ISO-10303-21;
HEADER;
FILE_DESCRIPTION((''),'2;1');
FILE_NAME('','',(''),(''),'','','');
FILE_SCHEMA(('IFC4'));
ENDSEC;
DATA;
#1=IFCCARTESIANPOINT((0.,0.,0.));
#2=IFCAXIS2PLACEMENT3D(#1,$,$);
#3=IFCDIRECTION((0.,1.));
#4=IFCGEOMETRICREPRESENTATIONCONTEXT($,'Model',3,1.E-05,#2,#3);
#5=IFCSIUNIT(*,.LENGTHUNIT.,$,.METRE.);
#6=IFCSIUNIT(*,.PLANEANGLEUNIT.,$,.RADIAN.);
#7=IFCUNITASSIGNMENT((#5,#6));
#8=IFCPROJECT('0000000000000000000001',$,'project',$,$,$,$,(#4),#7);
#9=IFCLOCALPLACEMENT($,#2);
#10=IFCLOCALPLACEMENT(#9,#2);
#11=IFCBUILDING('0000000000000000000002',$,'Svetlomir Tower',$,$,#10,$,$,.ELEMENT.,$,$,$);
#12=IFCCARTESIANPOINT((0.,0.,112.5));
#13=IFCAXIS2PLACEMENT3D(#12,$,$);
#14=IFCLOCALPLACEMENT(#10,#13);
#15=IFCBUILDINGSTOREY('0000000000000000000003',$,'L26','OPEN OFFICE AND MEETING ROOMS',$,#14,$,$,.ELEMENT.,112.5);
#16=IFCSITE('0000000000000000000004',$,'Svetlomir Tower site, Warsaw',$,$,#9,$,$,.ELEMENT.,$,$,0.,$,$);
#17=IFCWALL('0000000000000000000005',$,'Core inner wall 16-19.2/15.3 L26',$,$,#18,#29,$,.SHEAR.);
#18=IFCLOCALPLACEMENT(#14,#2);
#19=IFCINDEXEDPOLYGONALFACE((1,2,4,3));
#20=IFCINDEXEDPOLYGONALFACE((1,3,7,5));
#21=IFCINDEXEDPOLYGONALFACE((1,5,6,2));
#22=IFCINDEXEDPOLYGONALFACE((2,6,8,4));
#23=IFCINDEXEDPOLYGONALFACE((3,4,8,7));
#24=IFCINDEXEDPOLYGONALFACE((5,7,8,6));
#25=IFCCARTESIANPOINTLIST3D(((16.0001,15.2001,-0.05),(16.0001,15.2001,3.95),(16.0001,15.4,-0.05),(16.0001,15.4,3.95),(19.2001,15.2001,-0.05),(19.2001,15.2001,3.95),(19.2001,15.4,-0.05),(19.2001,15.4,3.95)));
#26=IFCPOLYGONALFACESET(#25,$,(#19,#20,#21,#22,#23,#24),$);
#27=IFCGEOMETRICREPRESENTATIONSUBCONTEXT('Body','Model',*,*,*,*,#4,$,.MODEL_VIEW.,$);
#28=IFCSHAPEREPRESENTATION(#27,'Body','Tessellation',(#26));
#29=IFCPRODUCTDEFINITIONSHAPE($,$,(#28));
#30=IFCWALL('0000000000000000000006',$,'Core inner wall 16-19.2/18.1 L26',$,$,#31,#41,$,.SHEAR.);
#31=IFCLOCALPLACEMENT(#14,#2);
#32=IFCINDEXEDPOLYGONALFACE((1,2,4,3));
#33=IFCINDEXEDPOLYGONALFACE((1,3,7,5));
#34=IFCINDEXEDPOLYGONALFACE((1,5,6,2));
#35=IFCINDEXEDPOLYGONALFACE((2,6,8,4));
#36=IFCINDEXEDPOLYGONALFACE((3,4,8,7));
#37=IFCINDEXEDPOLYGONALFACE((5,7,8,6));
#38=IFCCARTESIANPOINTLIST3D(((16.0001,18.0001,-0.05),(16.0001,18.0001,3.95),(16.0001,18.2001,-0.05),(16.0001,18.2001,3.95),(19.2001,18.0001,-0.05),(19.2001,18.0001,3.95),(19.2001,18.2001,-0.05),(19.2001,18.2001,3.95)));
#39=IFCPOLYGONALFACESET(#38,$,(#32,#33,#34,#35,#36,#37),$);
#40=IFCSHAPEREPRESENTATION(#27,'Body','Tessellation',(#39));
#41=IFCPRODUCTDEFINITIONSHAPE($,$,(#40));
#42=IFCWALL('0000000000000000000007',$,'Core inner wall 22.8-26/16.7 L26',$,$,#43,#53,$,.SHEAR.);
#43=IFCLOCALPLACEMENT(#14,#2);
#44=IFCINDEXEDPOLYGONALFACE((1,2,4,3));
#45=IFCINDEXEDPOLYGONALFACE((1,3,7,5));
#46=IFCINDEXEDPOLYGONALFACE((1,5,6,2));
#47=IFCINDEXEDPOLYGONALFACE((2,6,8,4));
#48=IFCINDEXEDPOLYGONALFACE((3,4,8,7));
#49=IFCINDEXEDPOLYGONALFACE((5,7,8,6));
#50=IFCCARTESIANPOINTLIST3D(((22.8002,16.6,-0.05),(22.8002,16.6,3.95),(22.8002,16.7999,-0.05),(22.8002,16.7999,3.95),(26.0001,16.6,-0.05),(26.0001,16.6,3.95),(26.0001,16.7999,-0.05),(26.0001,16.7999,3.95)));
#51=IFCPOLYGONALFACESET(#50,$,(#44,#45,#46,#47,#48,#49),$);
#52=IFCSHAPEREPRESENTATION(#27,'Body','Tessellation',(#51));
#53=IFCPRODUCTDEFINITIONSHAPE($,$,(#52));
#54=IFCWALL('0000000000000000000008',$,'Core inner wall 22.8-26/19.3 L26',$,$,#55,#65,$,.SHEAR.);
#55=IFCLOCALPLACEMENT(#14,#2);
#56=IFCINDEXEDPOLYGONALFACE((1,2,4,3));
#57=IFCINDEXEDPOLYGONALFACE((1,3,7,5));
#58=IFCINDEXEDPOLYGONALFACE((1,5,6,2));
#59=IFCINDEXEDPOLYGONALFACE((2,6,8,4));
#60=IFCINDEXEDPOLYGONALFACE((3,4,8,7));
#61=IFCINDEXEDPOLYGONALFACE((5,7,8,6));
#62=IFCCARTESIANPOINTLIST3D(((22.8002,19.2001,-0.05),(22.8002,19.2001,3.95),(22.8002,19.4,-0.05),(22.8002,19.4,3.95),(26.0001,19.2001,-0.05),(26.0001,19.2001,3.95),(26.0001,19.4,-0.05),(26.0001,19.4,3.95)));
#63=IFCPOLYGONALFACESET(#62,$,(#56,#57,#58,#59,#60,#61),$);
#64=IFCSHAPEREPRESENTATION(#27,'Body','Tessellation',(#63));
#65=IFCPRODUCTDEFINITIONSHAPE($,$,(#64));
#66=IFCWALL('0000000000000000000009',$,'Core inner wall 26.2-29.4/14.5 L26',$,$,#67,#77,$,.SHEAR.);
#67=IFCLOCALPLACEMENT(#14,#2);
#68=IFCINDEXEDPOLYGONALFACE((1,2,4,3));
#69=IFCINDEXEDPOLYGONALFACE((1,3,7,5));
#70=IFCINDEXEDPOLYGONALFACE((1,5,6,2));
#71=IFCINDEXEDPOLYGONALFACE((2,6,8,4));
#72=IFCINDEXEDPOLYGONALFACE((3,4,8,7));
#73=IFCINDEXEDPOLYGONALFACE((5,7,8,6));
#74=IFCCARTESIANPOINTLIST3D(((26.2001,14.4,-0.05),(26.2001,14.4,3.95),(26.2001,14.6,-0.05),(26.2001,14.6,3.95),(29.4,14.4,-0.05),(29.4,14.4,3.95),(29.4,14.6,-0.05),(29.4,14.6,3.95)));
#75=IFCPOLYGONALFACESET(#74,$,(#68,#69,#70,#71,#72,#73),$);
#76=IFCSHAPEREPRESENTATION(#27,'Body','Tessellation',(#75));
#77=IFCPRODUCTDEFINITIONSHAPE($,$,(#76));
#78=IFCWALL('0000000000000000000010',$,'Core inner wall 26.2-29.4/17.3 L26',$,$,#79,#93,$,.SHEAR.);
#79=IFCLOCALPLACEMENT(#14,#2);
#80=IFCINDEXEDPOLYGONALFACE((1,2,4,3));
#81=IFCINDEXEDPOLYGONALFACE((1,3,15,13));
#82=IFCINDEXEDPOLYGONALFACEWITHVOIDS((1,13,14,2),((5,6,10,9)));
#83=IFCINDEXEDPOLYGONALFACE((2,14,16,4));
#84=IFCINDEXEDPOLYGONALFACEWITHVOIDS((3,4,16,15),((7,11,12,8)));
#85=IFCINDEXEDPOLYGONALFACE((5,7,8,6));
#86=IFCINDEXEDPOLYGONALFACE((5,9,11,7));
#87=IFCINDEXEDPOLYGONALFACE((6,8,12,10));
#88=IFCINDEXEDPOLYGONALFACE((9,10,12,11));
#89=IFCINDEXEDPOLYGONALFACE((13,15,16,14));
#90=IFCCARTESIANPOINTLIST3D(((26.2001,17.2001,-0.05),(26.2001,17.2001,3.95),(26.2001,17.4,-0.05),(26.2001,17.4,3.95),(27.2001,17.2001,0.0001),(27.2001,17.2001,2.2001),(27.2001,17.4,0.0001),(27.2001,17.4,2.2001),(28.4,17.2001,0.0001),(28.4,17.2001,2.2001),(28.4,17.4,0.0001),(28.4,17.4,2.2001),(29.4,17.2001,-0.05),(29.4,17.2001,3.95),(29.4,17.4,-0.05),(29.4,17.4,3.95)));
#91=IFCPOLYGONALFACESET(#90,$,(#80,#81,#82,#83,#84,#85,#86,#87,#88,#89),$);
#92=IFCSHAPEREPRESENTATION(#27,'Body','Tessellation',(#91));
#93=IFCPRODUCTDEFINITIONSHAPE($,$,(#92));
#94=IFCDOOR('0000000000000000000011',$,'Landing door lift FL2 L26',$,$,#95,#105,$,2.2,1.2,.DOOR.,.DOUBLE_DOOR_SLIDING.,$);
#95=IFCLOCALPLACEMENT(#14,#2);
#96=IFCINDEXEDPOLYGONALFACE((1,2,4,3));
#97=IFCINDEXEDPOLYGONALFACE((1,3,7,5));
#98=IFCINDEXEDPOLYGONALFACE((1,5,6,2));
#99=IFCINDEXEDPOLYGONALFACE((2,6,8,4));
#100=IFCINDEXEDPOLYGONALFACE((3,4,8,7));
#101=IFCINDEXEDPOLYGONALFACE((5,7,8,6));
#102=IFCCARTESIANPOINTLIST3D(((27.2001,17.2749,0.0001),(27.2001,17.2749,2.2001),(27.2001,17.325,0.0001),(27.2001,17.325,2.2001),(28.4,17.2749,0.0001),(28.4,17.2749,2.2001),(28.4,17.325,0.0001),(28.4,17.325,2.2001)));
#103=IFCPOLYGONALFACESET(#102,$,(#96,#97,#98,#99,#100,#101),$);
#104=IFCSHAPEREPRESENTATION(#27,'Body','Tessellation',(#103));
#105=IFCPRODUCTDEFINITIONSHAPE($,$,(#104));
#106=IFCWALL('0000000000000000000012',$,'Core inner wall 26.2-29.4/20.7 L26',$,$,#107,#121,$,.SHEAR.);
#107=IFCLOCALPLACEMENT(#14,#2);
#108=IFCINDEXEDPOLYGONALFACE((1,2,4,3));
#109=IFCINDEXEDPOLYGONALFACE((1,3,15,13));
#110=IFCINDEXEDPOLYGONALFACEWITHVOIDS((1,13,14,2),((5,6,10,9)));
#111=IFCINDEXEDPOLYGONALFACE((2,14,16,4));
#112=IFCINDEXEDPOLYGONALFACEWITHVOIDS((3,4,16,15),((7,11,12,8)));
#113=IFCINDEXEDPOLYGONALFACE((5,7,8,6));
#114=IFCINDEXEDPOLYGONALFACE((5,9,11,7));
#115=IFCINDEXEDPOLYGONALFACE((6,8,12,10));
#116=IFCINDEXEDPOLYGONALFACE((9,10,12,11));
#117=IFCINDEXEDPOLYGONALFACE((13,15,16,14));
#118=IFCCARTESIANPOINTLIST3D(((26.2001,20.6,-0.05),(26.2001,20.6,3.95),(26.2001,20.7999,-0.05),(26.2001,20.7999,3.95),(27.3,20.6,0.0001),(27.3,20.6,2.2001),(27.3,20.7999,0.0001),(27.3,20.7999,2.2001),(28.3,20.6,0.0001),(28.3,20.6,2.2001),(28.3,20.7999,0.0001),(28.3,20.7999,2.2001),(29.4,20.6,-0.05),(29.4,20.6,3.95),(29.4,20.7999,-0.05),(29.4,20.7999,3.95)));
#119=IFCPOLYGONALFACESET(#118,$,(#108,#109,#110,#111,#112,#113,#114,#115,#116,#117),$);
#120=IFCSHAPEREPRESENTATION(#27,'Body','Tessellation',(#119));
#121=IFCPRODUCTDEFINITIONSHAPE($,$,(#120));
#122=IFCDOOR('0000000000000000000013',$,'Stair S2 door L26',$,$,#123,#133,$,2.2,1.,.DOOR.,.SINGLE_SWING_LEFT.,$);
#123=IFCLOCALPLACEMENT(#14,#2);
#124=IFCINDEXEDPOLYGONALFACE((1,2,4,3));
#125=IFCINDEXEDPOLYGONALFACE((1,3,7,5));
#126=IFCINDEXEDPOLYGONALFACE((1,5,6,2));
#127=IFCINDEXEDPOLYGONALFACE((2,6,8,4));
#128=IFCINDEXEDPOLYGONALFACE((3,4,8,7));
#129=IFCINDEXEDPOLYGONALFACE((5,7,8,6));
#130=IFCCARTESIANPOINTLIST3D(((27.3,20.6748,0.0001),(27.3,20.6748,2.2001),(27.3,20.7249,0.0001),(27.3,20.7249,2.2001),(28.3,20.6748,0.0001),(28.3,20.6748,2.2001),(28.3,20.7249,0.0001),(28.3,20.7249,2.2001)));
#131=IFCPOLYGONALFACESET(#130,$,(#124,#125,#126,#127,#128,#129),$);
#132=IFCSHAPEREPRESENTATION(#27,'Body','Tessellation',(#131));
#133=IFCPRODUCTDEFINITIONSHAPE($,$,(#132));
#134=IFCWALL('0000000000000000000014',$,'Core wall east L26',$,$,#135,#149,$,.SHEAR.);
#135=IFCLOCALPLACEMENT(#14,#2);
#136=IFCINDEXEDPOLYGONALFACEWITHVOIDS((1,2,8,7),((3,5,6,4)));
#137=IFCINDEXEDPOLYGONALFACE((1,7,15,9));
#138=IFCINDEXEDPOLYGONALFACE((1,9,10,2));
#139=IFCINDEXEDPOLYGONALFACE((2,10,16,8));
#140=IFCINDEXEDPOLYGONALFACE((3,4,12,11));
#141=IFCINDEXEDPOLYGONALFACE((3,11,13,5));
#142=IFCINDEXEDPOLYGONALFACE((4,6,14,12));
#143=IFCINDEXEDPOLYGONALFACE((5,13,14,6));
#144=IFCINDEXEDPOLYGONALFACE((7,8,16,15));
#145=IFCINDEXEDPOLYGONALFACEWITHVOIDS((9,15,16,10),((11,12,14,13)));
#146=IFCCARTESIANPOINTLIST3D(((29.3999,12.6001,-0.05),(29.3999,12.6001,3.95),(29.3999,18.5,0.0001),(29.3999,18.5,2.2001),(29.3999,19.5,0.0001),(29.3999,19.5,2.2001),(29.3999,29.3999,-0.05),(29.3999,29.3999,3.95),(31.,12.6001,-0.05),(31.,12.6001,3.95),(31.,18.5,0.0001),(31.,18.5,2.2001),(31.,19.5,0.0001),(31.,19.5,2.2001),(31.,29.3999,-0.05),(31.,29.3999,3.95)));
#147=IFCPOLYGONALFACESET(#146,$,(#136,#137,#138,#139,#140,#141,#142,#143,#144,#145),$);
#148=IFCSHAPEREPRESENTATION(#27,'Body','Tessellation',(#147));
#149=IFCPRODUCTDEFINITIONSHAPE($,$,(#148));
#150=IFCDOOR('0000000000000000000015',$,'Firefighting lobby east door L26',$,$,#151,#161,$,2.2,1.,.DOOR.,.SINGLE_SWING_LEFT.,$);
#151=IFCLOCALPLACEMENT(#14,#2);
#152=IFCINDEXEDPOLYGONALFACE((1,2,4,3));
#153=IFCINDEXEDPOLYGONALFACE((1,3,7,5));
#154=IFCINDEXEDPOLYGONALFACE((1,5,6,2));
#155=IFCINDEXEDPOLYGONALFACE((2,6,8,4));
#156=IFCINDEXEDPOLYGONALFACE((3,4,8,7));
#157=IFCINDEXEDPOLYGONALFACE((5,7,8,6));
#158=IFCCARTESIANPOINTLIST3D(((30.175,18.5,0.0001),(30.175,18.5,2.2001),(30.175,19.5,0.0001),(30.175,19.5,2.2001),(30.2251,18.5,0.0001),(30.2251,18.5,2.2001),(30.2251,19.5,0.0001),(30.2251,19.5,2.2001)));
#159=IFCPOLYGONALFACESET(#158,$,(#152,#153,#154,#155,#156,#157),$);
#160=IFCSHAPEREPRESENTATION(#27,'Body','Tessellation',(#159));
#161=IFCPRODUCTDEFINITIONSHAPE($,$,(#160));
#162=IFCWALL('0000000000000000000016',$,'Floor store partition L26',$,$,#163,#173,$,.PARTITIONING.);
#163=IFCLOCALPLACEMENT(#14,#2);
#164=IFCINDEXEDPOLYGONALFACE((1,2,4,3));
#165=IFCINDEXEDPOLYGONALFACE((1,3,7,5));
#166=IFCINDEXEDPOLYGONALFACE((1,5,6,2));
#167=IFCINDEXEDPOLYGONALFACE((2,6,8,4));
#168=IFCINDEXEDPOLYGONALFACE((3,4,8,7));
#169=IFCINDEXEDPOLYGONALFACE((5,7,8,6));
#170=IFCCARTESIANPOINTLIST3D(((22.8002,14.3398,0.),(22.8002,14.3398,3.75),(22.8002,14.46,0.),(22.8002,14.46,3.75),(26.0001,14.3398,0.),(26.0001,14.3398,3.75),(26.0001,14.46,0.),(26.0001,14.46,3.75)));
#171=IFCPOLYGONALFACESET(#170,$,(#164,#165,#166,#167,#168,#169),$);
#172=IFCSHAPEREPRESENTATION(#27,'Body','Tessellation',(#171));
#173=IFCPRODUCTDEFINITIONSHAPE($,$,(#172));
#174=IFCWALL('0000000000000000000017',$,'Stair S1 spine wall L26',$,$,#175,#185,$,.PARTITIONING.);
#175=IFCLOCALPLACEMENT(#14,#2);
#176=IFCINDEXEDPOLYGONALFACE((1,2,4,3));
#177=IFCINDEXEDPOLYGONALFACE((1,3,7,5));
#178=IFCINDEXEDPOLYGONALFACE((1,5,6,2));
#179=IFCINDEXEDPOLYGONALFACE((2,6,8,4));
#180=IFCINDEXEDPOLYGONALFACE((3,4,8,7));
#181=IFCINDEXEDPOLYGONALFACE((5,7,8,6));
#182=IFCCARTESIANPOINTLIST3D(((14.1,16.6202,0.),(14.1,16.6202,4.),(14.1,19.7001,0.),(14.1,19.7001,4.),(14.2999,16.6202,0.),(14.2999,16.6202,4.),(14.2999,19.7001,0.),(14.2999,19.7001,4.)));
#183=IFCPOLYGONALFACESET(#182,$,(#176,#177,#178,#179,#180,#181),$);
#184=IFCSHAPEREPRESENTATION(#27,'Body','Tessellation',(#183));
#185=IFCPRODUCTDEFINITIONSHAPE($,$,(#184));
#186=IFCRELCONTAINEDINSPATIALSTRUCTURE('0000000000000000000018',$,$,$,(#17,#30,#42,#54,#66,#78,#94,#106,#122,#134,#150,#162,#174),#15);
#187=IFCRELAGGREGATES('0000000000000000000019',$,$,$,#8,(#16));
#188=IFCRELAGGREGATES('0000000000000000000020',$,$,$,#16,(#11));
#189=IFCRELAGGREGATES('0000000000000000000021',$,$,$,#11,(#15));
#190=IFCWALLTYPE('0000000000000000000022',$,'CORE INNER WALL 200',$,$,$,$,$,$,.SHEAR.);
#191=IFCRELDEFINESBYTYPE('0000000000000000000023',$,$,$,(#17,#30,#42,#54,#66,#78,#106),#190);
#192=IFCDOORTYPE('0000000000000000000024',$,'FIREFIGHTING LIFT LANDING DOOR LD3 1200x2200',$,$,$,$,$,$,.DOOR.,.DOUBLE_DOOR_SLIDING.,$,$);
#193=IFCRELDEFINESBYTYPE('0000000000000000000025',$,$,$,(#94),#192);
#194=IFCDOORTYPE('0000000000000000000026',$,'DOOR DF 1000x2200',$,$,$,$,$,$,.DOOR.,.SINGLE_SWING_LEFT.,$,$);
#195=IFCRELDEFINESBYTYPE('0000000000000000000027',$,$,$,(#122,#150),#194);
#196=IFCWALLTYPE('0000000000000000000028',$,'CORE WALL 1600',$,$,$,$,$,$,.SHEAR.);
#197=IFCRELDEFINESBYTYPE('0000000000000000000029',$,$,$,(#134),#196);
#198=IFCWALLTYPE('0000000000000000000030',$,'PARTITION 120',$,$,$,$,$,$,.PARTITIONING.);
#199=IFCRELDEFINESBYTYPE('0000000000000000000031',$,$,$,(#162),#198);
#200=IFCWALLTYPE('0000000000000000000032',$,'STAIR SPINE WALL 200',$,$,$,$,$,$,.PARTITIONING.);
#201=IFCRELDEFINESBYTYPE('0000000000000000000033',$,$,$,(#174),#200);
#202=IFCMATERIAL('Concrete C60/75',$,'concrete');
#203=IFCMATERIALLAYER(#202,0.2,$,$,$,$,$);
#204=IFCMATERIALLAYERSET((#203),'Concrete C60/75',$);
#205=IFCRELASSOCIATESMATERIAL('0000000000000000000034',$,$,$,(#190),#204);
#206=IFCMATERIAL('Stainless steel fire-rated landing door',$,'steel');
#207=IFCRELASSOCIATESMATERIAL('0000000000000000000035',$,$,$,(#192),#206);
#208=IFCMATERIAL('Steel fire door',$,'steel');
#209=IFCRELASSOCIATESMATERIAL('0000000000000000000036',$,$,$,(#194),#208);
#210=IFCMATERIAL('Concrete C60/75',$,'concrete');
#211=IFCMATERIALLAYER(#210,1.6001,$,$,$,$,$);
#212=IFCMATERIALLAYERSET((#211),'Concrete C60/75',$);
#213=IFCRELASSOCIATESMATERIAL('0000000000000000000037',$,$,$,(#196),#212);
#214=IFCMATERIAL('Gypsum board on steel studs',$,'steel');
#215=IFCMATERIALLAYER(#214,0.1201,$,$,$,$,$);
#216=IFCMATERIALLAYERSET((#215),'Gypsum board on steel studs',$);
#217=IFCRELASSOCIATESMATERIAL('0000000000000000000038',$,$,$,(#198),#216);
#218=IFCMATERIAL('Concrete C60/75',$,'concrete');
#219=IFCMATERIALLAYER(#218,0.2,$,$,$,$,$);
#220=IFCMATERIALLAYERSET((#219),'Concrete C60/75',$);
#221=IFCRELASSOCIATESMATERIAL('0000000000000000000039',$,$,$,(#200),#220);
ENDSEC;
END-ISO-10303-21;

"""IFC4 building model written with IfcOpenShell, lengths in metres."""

from ifc_helpers import new_model, si_unit, direction, frame, frame_2d, origin, place, context, subcontext, project, spatial, rectangle, extrude, material, layer, layer_set, type_object, element, fill, save


model = new_model("IFC4")

# Units and contexts
model_context = context("Model", 3, precision=1e-05, world=origin(), true_north=direction((0.0, 1.0)))
body_context = subcontext(model_context, "Body", "Model", "MODEL_VIEW")
ifc_project = project(units=[si_unit("LENGTHUNIT", "METRE"), si_unit("PLANEANGLEUNIT", "RADIAN")], contexts=[model_context])

# Site, building, storey
site_placement = place(None, origin())
site = spatial("IfcSite", under=ifc_project, at=site_placement, Name="Svetlomir Tower site, Warsaw", CompositionType="ELEMENT", RefElevation=0.0)
building_placement = place(site_placement, origin())
building = spatial("IfcBuilding", under=site, at=building_placement, Name="Svetlomir Tower", CompositionType="ELEMENT")
storey_placement = place(building_placement, frame((0.0, 0.0, 112.5)))
storey = spatial("IfcBuildingStorey", under=building, at=storey_placement, Name="L26", Description="OPEN OFFICE AND MEETING ROOMS", CompositionType="ELEMENT", Elevation=112.5)

# Walls
ifc_material_1 = material(Name="Concrete C60/75", Category="concrete")
ifc_layer_1 = layer(ifc_material_1, 0.2)
ifc_layer_set_1 = layer_set([ifc_layer_1], Name="Concrete C60/75")
wall_type_1 = type_object("IfcWallType", Name="CORE INNER WALL 200", PredefinedType="SHEAR", material=ifc_layer_set_1)
for number, where, z_axis, x_axis, name in (
    (1, (16.0, 15.3, -0.05), (0.0, 0.0, 1.0), (1.0, 0.0, 0.0), "Core inner wall 16-19.2/15.3 L26"),
    (2, (16.0, 18.1001, -0.05), (0.0, 0.0, 1.0), (1.0, 0.0, 0.0), "Core inner wall 16-19.2/18.1 L26"),
    (3, (22.8, 16.7, -0.05), (0.0, 0.0, 1.0), (1.0, 0.0, 0.0), "Core inner wall 22.8-26/16.7 L26"),
    (4, (22.8, 19.3, -0.05), (0.0, 0.0, 1.0), (1.0, 0.0, 0.0), "Core inner wall 22.8-26/19.3 L26"),
    (5, (26.2, 14.5, -0.05), (0.0, 0.0, 1.0), (1.0, 0.0, 0.0), "Core inner wall 26.2-29.4/14.5 L26"),
):
    element("IfcWall", number, at=place(storey_placement, frame(where, z_axis=z_axis, x_axis=x_axis)), inside=storey, type_object=wall_type_1, Name=name, PredefinedType="SHEAR", context=body_context, shape_type="SweptSolid", body=[
        extrude(rectangle(XDim=3.2, YDim=0.2, at=frame_2d((1.6001, 0.0))), origin(), (0.0, 0.0, 1.0), 4.0),
    ])

# Walls, openings, doors
wall_1_placement = place(storey_placement, frame((26.2, 17.3, -0.05), z_axis=(0.0, 0.0, 1.0), x_axis=(1.0, 0.0, 0.0)))
wall_1 = element("IfcWall", 6, at=wall_1_placement, inside=storey, type_object=wall_type_1, Name="Core inner wall 26.2-29.4/17.3 L26", PredefinedType="SHEAR", context=body_context, shape_type="SweptSolid", body=[
    extrude(rectangle(XDim=3.2, YDim=0.2, at=frame_2d((1.6001, 0.0))), origin(), (0.0, 0.0, 1.0), 4.0),
])
opening_1_placement = place(wall_1_placement, frame((1.0, 0.0, 0.05)))
opening_1 = element("IfcOpeningElement", 7, at=opening_1_placement, cuts=wall_1, PredefinedType="OPENING", context=body_context, shape_type="SweptSolid", body=[
    extrude(rectangle(XDim=1.2, YDim=2.2, at=frame_2d((0.6001, 1.1001))), frame((0.0, 0.1099, 0.0), z_axis=(0.0, -1.0, 0.0), x_axis=(1.0, 0.0, 0.0)), (0.0, 0.0, 1.0), 0.22),
])
ifc_material_2 = material(Name="Stainless steel fire-rated landing door", Category="steel")
door_type_1 = type_object("IfcDoorType", Name="FIREFIGHTING LIFT LANDING DOOR LD3 1200x2200", OperationType="DOUBLE_DOOR_SLIDING", PredefinedType="DOOR", material=ifc_material_2)
door_1_placement = place(opening_1_placement, origin())
door_1 = element("IfcDoor", 8, at=door_1_placement, inside=storey, type_object=door_type_1, Name="Landing door lift FL2 L26", OperationType="DOUBLE_DOOR_SLIDING", OverallHeight=2.2, OverallWidth=1.2, PredefinedType="DOOR", context=body_context, shape_type="SweptSolid", body=[
    extrude(rectangle(XDim=1.2, YDim=2.2, at=frame_2d((0.6001, 1.1001))), frame((0.0, 0.0249, 0.0), z_axis=(0.0, -1.0, 0.0), x_axis=(1.0, 0.0, 0.0)), (0.0, 0.0, 1.0), 0.05),
])
fill(opening_1, door_1)
wall_2_placement = place(storey_placement, frame((26.2, 20.7, -0.05), z_axis=(0.0, 0.0, 1.0), x_axis=(1.0, 0.0, 0.0)))
wall_2 = element("IfcWall", 9, at=wall_2_placement, inside=storey, type_object=wall_type_1, Name="Core inner wall 26.2-29.4/20.7 L26", PredefinedType="SHEAR", context=body_context, shape_type="SweptSolid", body=[
    extrude(rectangle(XDim=3.2, YDim=0.2, at=frame_2d((1.6001, 0.0))), origin(), (0.0, 0.0, 1.0), 4.0),
])
opening_2_placement = place(wall_2_placement, frame((1.1001, 0.0, 0.05)))
opening_2 = element("IfcOpeningElement", 10, at=opening_2_placement, cuts=wall_2, PredefinedType="OPENING", context=body_context, shape_type="SweptSolid", body=[
    extrude(rectangle(XDim=1.0, YDim=2.2, at=frame_2d((0.5, 1.1001))), frame((0.0, 0.1099, 0.0), z_axis=(0.0, -1.0, 0.0), x_axis=(1.0, 0.0, 0.0)), (0.0, 0.0, 1.0), 0.22),
])
ifc_material_3 = material(Name="Steel fire door", Category="steel")
door_type_2 = type_object("IfcDoorType", Name="DOOR DF 1000x2200", OperationType="SINGLE_SWING_LEFT", PredefinedType="DOOR", material=ifc_material_3)
door_2_placement = place(opening_2_placement, origin())
door_2 = element("IfcDoor", 11, at=door_2_placement, inside=storey, type_object=door_type_2, Name="Stair S2 door L26", OperationType="SINGLE_SWING_LEFT", OverallHeight=2.2, OverallWidth=1.0, PredefinedType="DOOR", context=body_context, shape_type="SweptSolid", body=[
    extrude(rectangle(XDim=1.0, YDim=2.2, at=frame_2d((0.5, 1.1001))), frame((0.0, 0.0249, 0.0), z_axis=(0.0, -1.0, 0.0), x_axis=(1.0, 0.0, 0.0)), (0.0, 0.0, 1.0), 0.05),
])
fill(opening_2, door_2)
ifc_material_4 = material(Name="Concrete C60/75", Category="concrete")
ifc_layer_2 = layer(ifc_material_4, 1.6001)
ifc_layer_set_2 = layer_set([ifc_layer_2], Name="Concrete C60/75")
wall_type_2 = type_object("IfcWallType", Name="CORE WALL 1600", PredefinedType="SHEAR", material=ifc_layer_set_2)
wall_3_placement = place(storey_placement, frame((30.2, 12.6001, -0.05), z_axis=(0.0, 0.0, 1.0), x_axis=(0.0, 1.0, 0.0)))
wall_3 = element("IfcWall", 12, at=wall_3_placement, inside=storey, type_object=wall_type_2, Name="Core wall east L26", PredefinedType="SHEAR", context=body_context, shape_type="SweptSolid", body=[
    extrude(rectangle(XDim=16.7998, YDim=1.6001, at=frame_2d((8.3999, 0.0))), origin(), (0.0, 0.0, 1.0), 4.0),
])
opening_3_placement = place(wall_3_placement, frame((5.8999, 0.0, 0.05)))
opening_3 = element("IfcOpeningElement", 13, at=opening_3_placement, cuts=wall_3, PredefinedType="OPENING", context=body_context, shape_type="SweptSolid", body=[
    extrude(rectangle(XDim=1.0, YDim=2.2, at=frame_2d((0.5, 1.1001))), frame((0.0, 0.8101, 0.0), z_axis=(0.0, -1.0, 0.0), x_axis=(1.0, 0.0, 0.0)), (0.0, 0.0, 1.0), 1.6201),
])
door_3_placement = place(opening_3_placement, origin())
door_3 = element("IfcDoor", 14, at=door_3_placement, inside=storey, type_object=door_type_2, Name="Firefighting lobby east door L26", OperationType="SINGLE_SWING_LEFT", OverallHeight=2.2, OverallWidth=1.0, PredefinedType="DOOR", context=body_context, shape_type="SweptSolid", body=[
    extrude(rectangle(XDim=1.0, YDim=2.2, at=frame_2d((0.5, 1.1001))), frame((0.0, 0.0249, 0.0), z_axis=(0.0, -1.0, 0.0), x_axis=(1.0, 0.0, 0.0)), (0.0, 0.0, 1.0), 0.05),
])
fill(opening_3, door_3)

# Walls
ifc_material_5 = material(Name="Gypsum board on steel studs", Category="steel")
ifc_layer_3 = layer(ifc_material_5, 0.1201)
ifc_layer_set_3 = layer_set([ifc_layer_3], Name="Gypsum board on steel studs")
wall_type_3 = type_object("IfcWallType", Name="PARTITION 120", PredefinedType="PARTITIONING", material=ifc_layer_set_3)
wall_4_placement = place(storey_placement, frame((22.8, 14.3999, 0.0), z_axis=(0.0, 0.0, 1.0), x_axis=(1.0, 0.0, 0.0)))
element("IfcWall", 15, at=wall_4_placement, inside=storey, type_object=wall_type_3, Name="Floor store partition L26", PredefinedType="PARTITIONING", context=body_context, shape_type="SweptSolid", body=[
    extrude(rectangle(XDim=3.2, YDim=0.1201, at=frame_2d((1.6001, 0.0))), origin(), (0.0, 0.0, 1.0), 3.75),
])
ifc_material_6 = material(Name="Concrete C60/75", Category="concrete")
ifc_layer_4 = layer(ifc_material_6, 0.2)
ifc_layer_set_4 = layer_set([ifc_layer_4], Name="Concrete C60/75")
wall_type_4 = type_object("IfcWallType", Name="STAIR SPINE WALL 200", PredefinedType="PARTITIONING", material=ifc_layer_set_4)
wall_5_placement = place(storey_placement, frame((14.2, 16.6201, 0.0), z_axis=(0.0, 0.0, 1.0), x_axis=(0.0, 1.0, 0.0)))
element("IfcWall", 16, at=wall_5_placement, inside=storey, type_object=wall_type_4, Name="Stair S1 spine wall L26", PredefinedType="PARTITIONING", context=body_context, shape_type="SweptSolid", body=[
    extrude(rectangle(XDim=3.0798, YDim=0.2, at=frame_2d((1.54, 0.0))), origin(), (0.0, 0.0, 1.0), 4.0),
])

save(model, "model.ifc")
